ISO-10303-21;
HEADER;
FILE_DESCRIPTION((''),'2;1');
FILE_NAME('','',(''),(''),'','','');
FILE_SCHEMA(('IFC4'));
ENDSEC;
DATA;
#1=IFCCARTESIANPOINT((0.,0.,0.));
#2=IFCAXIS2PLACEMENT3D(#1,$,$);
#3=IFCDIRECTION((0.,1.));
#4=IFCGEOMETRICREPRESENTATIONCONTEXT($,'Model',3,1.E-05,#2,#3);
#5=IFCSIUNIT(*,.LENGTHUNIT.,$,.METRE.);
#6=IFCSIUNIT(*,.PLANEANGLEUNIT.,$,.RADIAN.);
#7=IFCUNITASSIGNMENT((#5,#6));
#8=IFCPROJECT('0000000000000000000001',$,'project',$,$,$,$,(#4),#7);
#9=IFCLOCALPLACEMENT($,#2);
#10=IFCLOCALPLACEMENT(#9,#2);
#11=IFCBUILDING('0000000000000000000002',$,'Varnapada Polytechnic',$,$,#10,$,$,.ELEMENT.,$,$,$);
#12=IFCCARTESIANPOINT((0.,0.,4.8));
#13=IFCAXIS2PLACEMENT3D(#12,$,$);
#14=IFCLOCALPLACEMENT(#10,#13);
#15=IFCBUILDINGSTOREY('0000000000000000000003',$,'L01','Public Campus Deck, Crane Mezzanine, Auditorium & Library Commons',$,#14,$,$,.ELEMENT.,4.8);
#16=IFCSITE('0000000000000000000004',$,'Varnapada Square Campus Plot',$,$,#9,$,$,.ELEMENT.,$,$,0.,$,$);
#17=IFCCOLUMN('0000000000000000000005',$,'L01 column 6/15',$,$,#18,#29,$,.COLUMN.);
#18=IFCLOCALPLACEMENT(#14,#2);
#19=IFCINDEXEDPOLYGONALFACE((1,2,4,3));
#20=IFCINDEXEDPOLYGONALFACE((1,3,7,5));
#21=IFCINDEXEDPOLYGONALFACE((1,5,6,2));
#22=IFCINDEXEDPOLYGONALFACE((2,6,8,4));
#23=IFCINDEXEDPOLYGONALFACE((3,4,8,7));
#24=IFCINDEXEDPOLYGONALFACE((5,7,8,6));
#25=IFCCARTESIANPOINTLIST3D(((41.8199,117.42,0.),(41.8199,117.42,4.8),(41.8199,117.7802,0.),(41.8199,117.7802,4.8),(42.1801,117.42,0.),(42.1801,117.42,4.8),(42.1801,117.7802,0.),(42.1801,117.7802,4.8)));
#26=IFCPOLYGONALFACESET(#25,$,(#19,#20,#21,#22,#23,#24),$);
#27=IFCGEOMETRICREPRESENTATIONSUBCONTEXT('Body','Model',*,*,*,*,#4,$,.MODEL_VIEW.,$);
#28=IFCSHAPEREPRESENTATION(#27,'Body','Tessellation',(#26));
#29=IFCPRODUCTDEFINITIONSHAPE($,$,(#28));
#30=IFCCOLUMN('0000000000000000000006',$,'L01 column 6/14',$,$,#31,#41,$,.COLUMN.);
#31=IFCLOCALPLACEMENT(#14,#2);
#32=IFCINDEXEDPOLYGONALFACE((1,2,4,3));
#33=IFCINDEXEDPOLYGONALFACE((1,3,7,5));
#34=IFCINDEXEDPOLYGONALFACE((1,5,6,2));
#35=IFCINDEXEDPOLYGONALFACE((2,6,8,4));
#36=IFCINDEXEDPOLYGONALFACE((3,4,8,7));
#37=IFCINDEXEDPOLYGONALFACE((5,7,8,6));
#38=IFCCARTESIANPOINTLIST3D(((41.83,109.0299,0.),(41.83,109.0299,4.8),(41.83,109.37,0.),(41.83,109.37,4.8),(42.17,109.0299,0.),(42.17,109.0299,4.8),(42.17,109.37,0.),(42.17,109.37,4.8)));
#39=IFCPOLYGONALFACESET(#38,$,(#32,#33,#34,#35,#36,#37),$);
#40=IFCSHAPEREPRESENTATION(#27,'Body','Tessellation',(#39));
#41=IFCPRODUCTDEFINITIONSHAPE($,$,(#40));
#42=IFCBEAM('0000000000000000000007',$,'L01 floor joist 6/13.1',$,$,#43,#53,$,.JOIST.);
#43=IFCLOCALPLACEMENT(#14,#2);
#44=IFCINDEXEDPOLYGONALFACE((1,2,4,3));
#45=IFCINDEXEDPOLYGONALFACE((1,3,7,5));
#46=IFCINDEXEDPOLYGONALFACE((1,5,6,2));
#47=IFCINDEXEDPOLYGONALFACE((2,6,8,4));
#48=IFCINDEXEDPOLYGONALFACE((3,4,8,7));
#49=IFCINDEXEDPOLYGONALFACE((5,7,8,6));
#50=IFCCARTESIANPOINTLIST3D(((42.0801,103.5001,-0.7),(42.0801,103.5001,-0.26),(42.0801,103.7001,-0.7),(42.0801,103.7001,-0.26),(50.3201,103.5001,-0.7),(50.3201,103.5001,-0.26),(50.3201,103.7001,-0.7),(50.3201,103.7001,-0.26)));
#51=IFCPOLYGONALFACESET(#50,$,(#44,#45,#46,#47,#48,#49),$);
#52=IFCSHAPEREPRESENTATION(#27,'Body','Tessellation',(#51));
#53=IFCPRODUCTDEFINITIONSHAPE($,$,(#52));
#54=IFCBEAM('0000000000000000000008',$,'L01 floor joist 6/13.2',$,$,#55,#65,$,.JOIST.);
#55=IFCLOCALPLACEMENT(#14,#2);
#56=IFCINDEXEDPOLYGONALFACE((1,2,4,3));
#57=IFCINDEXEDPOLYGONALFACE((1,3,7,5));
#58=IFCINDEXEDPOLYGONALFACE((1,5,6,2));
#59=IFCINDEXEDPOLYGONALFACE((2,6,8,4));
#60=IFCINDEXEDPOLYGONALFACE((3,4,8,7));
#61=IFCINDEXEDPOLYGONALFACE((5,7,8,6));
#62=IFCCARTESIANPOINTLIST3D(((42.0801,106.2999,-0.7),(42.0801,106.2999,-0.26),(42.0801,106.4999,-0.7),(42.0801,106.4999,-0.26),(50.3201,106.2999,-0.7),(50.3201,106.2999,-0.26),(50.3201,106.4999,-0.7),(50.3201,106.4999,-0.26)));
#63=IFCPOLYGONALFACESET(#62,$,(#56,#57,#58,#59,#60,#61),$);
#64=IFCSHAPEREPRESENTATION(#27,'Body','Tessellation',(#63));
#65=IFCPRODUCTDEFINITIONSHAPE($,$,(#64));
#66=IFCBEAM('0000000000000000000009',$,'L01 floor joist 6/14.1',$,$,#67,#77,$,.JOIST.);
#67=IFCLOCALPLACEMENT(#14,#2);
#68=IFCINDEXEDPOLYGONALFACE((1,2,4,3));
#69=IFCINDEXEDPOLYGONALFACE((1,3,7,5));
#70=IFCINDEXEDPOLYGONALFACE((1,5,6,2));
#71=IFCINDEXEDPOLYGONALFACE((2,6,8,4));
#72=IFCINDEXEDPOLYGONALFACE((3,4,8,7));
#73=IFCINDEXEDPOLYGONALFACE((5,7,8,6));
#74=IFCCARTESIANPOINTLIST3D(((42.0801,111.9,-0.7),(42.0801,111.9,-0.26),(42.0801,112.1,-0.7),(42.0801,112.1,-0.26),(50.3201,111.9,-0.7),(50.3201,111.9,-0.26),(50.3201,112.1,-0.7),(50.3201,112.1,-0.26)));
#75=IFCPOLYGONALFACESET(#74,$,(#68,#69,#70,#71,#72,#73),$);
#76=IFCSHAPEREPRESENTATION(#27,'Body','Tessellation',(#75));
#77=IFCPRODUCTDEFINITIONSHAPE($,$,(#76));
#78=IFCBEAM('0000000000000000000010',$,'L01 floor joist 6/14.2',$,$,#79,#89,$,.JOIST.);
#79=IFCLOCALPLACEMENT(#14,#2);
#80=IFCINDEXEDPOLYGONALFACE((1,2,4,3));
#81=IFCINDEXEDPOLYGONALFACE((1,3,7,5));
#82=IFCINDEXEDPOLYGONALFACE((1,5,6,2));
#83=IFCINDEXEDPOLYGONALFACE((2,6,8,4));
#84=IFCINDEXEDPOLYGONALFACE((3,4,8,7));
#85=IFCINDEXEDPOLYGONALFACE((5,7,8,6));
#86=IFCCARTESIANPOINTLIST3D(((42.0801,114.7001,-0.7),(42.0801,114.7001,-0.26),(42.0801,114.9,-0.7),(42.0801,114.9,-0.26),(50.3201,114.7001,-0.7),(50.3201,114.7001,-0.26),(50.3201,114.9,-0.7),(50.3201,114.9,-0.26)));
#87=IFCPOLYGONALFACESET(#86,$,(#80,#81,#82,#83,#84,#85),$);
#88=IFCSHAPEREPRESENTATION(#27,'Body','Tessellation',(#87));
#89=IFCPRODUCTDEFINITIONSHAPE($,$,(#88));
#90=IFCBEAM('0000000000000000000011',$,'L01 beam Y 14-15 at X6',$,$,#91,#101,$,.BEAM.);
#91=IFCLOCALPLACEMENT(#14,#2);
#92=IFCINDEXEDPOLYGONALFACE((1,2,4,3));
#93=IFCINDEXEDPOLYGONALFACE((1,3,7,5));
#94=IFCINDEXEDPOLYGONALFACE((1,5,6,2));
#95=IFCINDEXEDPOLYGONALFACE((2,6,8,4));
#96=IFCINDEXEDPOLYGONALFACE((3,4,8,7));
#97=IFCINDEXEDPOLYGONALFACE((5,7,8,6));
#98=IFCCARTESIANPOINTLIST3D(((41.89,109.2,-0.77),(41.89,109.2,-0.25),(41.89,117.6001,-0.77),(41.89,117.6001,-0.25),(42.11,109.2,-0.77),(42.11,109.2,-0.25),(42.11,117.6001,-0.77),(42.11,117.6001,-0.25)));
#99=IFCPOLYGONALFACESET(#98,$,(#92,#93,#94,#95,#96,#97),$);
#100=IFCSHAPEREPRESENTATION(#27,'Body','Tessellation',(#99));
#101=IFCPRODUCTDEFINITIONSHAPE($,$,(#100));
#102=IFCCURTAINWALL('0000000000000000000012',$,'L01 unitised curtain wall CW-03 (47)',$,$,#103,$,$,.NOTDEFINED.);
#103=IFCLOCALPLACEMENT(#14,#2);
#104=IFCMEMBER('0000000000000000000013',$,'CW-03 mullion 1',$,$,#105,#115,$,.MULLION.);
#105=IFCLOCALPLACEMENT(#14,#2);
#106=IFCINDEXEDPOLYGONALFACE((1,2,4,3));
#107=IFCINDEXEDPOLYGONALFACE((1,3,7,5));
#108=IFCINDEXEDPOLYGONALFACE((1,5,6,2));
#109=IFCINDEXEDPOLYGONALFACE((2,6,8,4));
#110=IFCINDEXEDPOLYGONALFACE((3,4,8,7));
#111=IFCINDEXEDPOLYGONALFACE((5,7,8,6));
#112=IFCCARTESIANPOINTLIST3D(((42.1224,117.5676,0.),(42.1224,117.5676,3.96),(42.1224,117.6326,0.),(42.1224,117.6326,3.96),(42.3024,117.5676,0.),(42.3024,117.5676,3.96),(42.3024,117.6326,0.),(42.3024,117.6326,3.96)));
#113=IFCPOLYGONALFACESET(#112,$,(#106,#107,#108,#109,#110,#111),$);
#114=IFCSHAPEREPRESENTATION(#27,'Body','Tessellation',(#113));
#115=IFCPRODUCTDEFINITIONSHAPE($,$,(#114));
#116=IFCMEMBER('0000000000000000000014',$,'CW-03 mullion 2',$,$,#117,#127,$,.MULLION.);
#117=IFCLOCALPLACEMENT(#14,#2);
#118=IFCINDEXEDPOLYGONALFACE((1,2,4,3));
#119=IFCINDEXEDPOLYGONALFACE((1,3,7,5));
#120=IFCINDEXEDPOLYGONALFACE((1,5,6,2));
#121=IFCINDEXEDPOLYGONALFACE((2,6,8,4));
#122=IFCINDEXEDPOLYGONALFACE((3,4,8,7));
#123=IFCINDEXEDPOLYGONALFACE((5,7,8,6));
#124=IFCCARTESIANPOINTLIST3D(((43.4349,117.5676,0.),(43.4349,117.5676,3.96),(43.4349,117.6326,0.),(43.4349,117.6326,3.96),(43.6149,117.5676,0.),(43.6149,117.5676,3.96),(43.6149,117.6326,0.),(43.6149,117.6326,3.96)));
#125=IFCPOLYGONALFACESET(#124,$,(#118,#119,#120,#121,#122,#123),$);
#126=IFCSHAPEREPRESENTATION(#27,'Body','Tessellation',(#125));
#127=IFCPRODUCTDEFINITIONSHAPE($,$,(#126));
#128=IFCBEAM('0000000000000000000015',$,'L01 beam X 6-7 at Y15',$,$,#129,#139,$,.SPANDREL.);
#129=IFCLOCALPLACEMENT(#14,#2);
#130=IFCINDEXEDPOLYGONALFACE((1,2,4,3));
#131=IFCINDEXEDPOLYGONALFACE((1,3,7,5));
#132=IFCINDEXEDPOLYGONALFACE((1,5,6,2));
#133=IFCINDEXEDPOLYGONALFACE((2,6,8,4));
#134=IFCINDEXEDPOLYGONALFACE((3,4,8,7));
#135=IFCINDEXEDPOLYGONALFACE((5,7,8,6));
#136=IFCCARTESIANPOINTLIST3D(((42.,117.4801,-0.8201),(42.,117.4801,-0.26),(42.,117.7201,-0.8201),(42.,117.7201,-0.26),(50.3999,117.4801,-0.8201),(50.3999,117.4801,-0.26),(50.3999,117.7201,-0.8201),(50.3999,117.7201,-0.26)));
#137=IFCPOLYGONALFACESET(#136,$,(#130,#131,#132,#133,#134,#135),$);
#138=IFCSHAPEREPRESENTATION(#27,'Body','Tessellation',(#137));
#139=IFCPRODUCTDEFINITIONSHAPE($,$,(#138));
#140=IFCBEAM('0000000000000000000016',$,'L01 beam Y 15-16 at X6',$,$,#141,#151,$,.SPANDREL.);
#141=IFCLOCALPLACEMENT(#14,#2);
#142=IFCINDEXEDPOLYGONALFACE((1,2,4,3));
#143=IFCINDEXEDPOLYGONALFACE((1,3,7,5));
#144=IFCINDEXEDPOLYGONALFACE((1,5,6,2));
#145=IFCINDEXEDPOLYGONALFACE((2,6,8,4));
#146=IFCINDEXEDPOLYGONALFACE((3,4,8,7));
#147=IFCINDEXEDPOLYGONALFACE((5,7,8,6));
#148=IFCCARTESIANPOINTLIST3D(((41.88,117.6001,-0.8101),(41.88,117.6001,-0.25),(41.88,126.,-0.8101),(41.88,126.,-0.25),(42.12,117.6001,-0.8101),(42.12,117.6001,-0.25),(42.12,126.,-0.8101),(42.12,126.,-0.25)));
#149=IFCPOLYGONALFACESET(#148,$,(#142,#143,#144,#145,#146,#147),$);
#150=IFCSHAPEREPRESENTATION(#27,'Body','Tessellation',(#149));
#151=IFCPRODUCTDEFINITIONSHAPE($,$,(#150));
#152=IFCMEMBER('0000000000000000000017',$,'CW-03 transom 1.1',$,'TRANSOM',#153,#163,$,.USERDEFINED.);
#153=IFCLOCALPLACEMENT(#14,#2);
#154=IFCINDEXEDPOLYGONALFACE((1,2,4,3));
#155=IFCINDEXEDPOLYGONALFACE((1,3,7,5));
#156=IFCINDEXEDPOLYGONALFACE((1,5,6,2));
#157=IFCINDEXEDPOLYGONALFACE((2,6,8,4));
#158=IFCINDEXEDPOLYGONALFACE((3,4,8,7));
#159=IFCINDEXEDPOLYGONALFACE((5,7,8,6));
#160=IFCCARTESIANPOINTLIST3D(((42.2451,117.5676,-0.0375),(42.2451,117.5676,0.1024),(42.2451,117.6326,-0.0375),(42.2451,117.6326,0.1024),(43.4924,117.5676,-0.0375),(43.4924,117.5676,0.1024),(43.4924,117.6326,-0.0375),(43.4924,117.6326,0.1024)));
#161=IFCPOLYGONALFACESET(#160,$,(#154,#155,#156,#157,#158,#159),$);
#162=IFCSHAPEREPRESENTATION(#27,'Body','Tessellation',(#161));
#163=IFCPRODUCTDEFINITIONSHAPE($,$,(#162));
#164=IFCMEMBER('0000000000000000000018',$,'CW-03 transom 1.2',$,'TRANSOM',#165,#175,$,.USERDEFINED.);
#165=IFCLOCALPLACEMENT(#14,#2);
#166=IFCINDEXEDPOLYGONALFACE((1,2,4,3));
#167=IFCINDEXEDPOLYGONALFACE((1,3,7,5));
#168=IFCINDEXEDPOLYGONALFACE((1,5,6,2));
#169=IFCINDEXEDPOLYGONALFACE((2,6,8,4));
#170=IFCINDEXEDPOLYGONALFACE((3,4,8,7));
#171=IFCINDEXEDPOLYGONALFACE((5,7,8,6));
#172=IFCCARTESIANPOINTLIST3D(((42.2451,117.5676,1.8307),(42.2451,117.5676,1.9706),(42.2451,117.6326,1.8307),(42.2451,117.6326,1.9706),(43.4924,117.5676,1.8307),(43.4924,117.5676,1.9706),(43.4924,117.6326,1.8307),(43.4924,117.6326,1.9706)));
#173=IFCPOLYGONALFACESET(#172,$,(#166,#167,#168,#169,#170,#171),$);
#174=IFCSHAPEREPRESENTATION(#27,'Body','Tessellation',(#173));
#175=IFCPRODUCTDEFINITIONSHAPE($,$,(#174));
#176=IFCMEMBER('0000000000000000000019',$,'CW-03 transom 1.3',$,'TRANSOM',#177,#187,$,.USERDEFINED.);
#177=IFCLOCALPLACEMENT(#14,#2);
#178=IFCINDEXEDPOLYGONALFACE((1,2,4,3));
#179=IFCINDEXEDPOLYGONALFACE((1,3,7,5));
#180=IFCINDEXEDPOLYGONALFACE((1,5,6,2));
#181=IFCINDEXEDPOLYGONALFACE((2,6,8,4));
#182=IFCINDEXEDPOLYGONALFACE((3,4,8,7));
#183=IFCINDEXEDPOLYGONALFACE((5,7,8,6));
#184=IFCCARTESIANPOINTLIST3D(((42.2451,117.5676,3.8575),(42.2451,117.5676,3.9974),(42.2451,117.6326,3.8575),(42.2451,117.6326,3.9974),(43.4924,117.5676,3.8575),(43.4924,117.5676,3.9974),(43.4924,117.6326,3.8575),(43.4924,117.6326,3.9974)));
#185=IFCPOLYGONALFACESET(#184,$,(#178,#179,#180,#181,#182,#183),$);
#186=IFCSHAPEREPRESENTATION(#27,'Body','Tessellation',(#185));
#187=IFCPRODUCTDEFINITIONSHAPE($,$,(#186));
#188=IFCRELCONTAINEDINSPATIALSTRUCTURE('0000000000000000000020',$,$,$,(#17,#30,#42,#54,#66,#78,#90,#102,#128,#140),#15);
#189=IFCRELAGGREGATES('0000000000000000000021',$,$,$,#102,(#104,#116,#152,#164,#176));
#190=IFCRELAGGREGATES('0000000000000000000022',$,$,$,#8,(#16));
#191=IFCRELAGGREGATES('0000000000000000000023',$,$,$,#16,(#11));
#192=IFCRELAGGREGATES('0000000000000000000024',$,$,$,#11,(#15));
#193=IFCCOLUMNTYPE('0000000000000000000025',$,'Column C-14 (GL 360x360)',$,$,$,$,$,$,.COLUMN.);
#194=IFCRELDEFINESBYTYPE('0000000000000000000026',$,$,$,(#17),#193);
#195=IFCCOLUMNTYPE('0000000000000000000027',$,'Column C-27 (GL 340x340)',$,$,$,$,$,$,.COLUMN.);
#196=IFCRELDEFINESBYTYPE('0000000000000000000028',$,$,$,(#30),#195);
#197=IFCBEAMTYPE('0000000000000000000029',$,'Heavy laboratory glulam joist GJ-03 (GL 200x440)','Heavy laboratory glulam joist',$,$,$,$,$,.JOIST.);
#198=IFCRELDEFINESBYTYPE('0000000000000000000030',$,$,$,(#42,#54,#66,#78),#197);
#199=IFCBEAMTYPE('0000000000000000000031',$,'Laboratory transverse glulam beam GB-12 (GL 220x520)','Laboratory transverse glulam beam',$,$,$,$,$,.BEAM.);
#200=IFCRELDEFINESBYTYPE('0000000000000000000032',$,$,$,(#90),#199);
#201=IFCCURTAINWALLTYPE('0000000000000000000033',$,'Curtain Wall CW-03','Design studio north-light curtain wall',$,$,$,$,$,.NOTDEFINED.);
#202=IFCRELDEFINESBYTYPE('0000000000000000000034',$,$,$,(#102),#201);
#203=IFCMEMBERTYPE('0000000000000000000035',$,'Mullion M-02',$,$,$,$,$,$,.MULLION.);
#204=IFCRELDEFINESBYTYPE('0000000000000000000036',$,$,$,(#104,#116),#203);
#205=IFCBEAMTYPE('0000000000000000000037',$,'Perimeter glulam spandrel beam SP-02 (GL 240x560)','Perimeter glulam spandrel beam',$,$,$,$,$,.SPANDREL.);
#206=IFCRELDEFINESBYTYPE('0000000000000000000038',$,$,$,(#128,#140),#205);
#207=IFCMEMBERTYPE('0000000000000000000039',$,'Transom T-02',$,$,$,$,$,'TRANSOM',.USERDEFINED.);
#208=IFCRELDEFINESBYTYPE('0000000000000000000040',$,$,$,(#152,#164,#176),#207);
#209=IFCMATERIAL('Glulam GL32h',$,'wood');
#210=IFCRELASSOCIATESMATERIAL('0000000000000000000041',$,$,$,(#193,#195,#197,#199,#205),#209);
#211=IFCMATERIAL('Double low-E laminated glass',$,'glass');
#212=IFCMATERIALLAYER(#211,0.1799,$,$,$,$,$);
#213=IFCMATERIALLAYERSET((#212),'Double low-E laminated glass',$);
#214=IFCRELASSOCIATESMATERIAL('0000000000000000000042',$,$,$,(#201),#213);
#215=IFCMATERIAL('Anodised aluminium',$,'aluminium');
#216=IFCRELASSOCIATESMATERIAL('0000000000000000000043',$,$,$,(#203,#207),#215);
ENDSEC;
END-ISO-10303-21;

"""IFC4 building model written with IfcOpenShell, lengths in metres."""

from ifc_helpers import new_model, si_unit, direction, frame, origin, origin_2d, place, context, subcontext, project, spatial, rectangle, extrude, material, layer, layer_set, material_profile, profile_set, type_object, element, aggregate, save


model = new_model("IFC4")

# Units and contexts
model_context = context("Model", 3, precision=1e-05, world=origin(), true_north=direction((0.0, 1.0)))
body_context = subcontext(model_context, "Body", "Model", "MODEL_VIEW")
ifc_project = project(units=[si_unit("LENGTHUNIT", "METRE"), si_unit("PLANEANGLEUNIT", "RADIAN")], contexts=[model_context])

# Site, building, storey
site_placement = place(None, origin())
site = spatial("IfcSite", under=ifc_project, at=site_placement, Name="Varnapada Square Campus Plot", CompositionType="ELEMENT", RefElevation=0.0)
building_placement = place(site_placement, origin())
building = spatial("IfcBuilding", under=site, at=building_placement, Name="Varnapada Polytechnic", CompositionType="ELEMENT")
storey_placement = place(building_placement, frame((0.0, 0.0, 4.8)))
storey = spatial("IfcBuildingStorey", under=building, at=storey_placement, Name="L01", Description="Public Campus Deck, Crane Mezzanine, Auditorium & Library Commons", CompositionType="ELEMENT", Elevation=4.8)

# Columns
ifc_material_1 = material(Name="Glulam GL32h", Category="wood")
ifc_material_profile_1 = material_profile(ifc_material_1, rectangle(XDim=0.3601, YDim=0.3601, at=origin_2d()), Name="GL 360x360")
ifc_profile_set_1 = profile_set([ifc_material_profile_1], Name="Glulam GL32h")
column_type_1 = type_object("IfcColumnType", Name="Column C-14 (GL 360x360)", PredefinedType="COLUMN", material=ifc_profile_set_1)
column_1_placement = place(storey_placement, frame((42.0, 117.6001, 0.0), z_axis=(0.0, 0.0, 1.0), x_axis=(1.0, 0.0, 0.0)))
element("IfcColumn", 1, at=column_1_placement, inside=storey, type_object=column_type_1, Name="L01 column 6/15", PredefinedType="COLUMN", context=body_context, shape_type="SweptSolid", body=[
    extrude(rectangle(XDim=0.3601, YDim=0.3601, at=origin_2d()), origin(), (0.0, 0.0, 1.0), 4.8),
])
ifc_material_profile_2 = material_profile(ifc_material_1, rectangle(XDim=0.3401, YDim=0.3401, at=origin_2d()), Name="GL 340x340")
ifc_profile_set_2 = profile_set([ifc_material_profile_2], Name="Glulam GL32h")
column_type_2 = type_object("IfcColumnType", Name="Column C-27 (GL 340x340)", PredefinedType="COLUMN", material=ifc_profile_set_2)
column_2_placement = place(storey_placement, frame((42.0, 109.2, 0.0), z_axis=(0.0, 0.0, 1.0), x_axis=(1.0, 0.0, 0.0)))
element("IfcColumn", 2, at=column_2_placement, inside=storey, type_object=column_type_2, Name="L01 column 6/14", PredefinedType="COLUMN", context=body_context, shape_type="SweptSolid", body=[
    extrude(rectangle(XDim=0.3401, YDim=0.3401, at=origin_2d()), origin(), (0.0, 0.0, 1.0), 4.8),
])

# Beams
ifc_material_profile_3 = material_profile(ifc_material_1, rectangle(XDim=0.2, YDim=0.4399, at=origin_2d()), Name="GL 200x440")
ifc_profile_set_3 = profile_set([ifc_material_profile_3], Name="Glulam GL32h")
beam_type_1 = type_object("IfcBeamType", Name="Heavy laboratory glulam joist GJ-03 (GL 200x440)", Description="Heavy laboratory glulam joist", PredefinedType="JOIST", material=ifc_profile_set_3)
for number, where, z_axis, x_axis, name in (
    (3, (42.0801, 103.6001, -0.48), (1.0, 0.0, 0.0), (0.0, 1.0, 0.0), "L01 floor joist 6/13.1"),
    (4, (42.0801, 106.3999, -0.48), (1.0, 0.0, 0.0), (0.0, 1.0, 0.0), "L01 floor joist 6/13.2"),
    (5, (42.0801, 112.0, -0.48), (1.0, 0.0, 0.0), (0.0, 1.0, 0.0), "L01 floor joist 6/14.1"),
    (6, (42.0801, 114.8, -0.48), (1.0, 0.0, 0.0), (0.0, 1.0, 0.0), "L01 floor joist 6/14.2"),
):
    element("IfcBeam", number, at=place(storey_placement, frame(where, z_axis=z_axis, x_axis=x_axis)), inside=storey, type_object=beam_type_1, Name=name, PredefinedType="JOIST", context=body_context, shape_type="SweptSolid", body=[
        extrude(rectangle(XDim=0.2, YDim=0.4399, at=origin_2d()), origin(), (0.0, 0.0, 1.0), 8.24),
    ])
ifc_material_profile_4 = material_profile(ifc_material_1, rectangle(XDim=0.22, YDim=0.52, at=origin_2d()), Name="GL 220x520")
ifc_profile_set_4 = profile_set([ifc_material_profile_4], Name="Glulam GL32h")
beam_type_2 = type_object("IfcBeamType", Name="Laboratory transverse glulam beam GB-12 (GL 220x520)", Description="Laboratory transverse glulam beam", PredefinedType="BEAM", material=ifc_profile_set_4)
beam_1_placement = place(storey_placement, frame((42.0, 109.2, -0.51), z_axis=(0.0, 1.0, 0.0), x_axis=(-1.0, 0.0, 0.0)))
element("IfcBeam", 7, at=beam_1_placement, inside=storey, type_object=beam_type_2, Name="L01 beam Y 14-15 at X6", PredefinedType="BEAM", context=body_context, shape_type="SweptSolid", body=[
    extrude(rectangle(XDim=0.22, YDim=0.52, at=origin_2d()), origin(), (0.0, 0.0, 1.0), 8.4001),
])

# Curtain wall, members
ifc_material_2 = material(Name="Double low-E laminated glass", Category="glass")
ifc_layer_1 = layer(ifc_material_2, 0.1799)
ifc_layer_set_1 = layer_set([ifc_layer_1], Name="Double low-E laminated glass")
curtain_wall_type = type_object("IfcCurtainWallType", Name="Curtain Wall CW-03", Description="Design studio north-light curtain wall", PredefinedType="NOTDEFINED", material=ifc_layer_set_1)
curtain_wall_placement = place(storey_placement, origin())
curtain_wall = element("IfcCurtainWall", 8, at=curtain_wall_placement, inside=storey, type_object=curtain_wall_type, Name="L01 unitised curtain wall CW-03 (47)", PredefinedType="NOTDEFINED")
ifc_material_3 = material(Name="Anodised aluminium", Category="aluminium")
ifc_material_profile_5 = material_profile(ifc_material_3, rectangle(XDim=0.0649, YDim=0.1799, at=origin_2d()), Name="ALU M65x180")
ifc_profile_set_5 = profile_set([ifc_material_profile_5], Name="Anodised aluminium")
member_type_1 = type_object("IfcMemberType", Name="Mullion M-02", PredefinedType="MULLION", material=ifc_profile_set_5)
member_1_placement = place(storey_placement, frame((42.2124, 117.6001, 0.0), z_axis=(0.0, 0.0, 1.0), x_axis=(0.0, 1.0, 0.0)))
member_1 = element("IfcMember", 9, at=member_1_placement, type_object=member_type_1, Name="CW-03 mullion 1", PredefinedType="MULLION", context=body_context, shape_type="SweptSolid", body=[
    extrude(rectangle(XDim=0.0649, YDim=0.1799, at=origin_2d()), origin(), (0.0, 0.0, 1.0), 3.96),
])
member_2_placement = place(storey_placement, frame((43.5249, 117.6001, 0.0), z_axis=(0.0, 0.0, 1.0), x_axis=(0.0, 1.0, 0.0)))
member_2 = element("IfcMember", 10, at=member_2_placement, type_object=member_type_1, Name="CW-03 mullion 2", PredefinedType="MULLION", context=body_context, shape_type="SweptSolid", body=[
    extrude(rectangle(XDim=0.0649, YDim=0.1799, at=origin_2d()), origin(), (0.0, 0.0, 1.0), 3.96),
])

# Beams
ifc_material_profile_6 = material_profile(ifc_material_1, rectangle(XDim=0.24, YDim=0.5601, at=origin_2d()), Name="GL 240x560")
ifc_profile_set_6 = profile_set([ifc_material_profile_6], Name="Glulam GL32h")
beam_type_3 = type_object("IfcBeamType", Name="Perimeter glulam spandrel beam SP-02 (GL 240x560)", Description="Perimeter glulam spandrel beam", PredefinedType="SPANDREL", material=ifc_profile_set_6)
for number, where, z_axis, x_axis, name in (
    (11, (42.0, 117.6001, -0.54), (1.0, 0.0, 0.0), (0.0, 1.0, 0.0), "L01 beam X 6-7 at Y15"),
    (12, (42.0, 117.6001, -0.53), (0.0, 1.0, 0.0), (-1.0, 0.0, 0.0), "L01 beam Y 15-16 at X6"),
):
    element("IfcBeam", number, at=place(storey_placement, frame(where, z_axis=z_axis, x_axis=x_axis)), inside=storey, type_object=beam_type_3, Name=name, PredefinedType="SPANDREL", context=body_context, shape_type="SweptSolid", body=[
        extrude(rectangle(XDim=0.24, YDim=0.5601, at=origin_2d()), origin(), (0.0, 0.0, 1.0), 8.3999),
    ])

# Members
ifc_material_profile_7 = material_profile(ifc_material_3, rectangle(XDim=0.0649, YDim=0.1399, at=origin_2d()), Name="ALU T65x140")
ifc_profile_set_7 = profile_set([ifc_material_profile_7], Name="Anodised aluminium")
member_type_2 = type_object("IfcMemberType", Name="Transom T-02", ElementType="TRANSOM", PredefinedType="USERDEFINED", material=ifc_profile_set_7)
member_3_placement = place(storey_placement, frame((42.2451, 117.6001, 0.0325), z_axis=(1.0, 0.0, 0.0), x_axis=(0.0, 1.0, 0.0)))
member_3 = element("IfcMember", 13, at=member_3_placement, type_object=member_type_2, Name="CW-03 transom 1.1", ObjectType="TRANSOM", PredefinedType="USERDEFINED", context=body_context, shape_type="SweptSolid", body=[
    extrude(rectangle(XDim=0.0649, YDim=0.1399, at=origin_2d()), origin(), (0.0, 0.0, 1.0), 1.2473),
])
member_4_placement = place(storey_placement, frame((42.2451, 117.6001, 1.9006), z_axis=(1.0, 0.0, 0.0), x_axis=(0.0, 1.0, 0.0)))
member_4 = element("IfcMember", 14, at=member_4_placement, type_object=member_type_2, Name="CW-03 transom 1.2", ObjectType="TRANSOM", PredefinedType="USERDEFINED", context=body_context, shape_type="SweptSolid", body=[
    extrude(rectangle(XDim=0.0649, YDim=0.1399, at=origin_2d()), origin(), (0.0, 0.0, 1.0), 1.2473),
])
member_5_placement = place(storey_placement, frame((42.2451, 117.6001, 3.9275), z_axis=(1.0, 0.0, 0.0), x_axis=(0.0, 1.0, 0.0)))
member_5 = element("IfcMember", 15, at=member_5_placement, type_object=member_type_2, Name="CW-03 transom 1.3", ObjectType="TRANSOM", PredefinedType="USERDEFINED", context=body_context, shape_type="SweptSolid", body=[
    extrude(rectangle(XDim=0.0649, YDim=0.1399, at=origin_2d()), origin(), (0.0, 0.0, 1.0), 1.2473),
])

aggregate(curtain_wall, [member_1, member_2, member_3, member_4, member_5])

save(model, "model.ifc")
